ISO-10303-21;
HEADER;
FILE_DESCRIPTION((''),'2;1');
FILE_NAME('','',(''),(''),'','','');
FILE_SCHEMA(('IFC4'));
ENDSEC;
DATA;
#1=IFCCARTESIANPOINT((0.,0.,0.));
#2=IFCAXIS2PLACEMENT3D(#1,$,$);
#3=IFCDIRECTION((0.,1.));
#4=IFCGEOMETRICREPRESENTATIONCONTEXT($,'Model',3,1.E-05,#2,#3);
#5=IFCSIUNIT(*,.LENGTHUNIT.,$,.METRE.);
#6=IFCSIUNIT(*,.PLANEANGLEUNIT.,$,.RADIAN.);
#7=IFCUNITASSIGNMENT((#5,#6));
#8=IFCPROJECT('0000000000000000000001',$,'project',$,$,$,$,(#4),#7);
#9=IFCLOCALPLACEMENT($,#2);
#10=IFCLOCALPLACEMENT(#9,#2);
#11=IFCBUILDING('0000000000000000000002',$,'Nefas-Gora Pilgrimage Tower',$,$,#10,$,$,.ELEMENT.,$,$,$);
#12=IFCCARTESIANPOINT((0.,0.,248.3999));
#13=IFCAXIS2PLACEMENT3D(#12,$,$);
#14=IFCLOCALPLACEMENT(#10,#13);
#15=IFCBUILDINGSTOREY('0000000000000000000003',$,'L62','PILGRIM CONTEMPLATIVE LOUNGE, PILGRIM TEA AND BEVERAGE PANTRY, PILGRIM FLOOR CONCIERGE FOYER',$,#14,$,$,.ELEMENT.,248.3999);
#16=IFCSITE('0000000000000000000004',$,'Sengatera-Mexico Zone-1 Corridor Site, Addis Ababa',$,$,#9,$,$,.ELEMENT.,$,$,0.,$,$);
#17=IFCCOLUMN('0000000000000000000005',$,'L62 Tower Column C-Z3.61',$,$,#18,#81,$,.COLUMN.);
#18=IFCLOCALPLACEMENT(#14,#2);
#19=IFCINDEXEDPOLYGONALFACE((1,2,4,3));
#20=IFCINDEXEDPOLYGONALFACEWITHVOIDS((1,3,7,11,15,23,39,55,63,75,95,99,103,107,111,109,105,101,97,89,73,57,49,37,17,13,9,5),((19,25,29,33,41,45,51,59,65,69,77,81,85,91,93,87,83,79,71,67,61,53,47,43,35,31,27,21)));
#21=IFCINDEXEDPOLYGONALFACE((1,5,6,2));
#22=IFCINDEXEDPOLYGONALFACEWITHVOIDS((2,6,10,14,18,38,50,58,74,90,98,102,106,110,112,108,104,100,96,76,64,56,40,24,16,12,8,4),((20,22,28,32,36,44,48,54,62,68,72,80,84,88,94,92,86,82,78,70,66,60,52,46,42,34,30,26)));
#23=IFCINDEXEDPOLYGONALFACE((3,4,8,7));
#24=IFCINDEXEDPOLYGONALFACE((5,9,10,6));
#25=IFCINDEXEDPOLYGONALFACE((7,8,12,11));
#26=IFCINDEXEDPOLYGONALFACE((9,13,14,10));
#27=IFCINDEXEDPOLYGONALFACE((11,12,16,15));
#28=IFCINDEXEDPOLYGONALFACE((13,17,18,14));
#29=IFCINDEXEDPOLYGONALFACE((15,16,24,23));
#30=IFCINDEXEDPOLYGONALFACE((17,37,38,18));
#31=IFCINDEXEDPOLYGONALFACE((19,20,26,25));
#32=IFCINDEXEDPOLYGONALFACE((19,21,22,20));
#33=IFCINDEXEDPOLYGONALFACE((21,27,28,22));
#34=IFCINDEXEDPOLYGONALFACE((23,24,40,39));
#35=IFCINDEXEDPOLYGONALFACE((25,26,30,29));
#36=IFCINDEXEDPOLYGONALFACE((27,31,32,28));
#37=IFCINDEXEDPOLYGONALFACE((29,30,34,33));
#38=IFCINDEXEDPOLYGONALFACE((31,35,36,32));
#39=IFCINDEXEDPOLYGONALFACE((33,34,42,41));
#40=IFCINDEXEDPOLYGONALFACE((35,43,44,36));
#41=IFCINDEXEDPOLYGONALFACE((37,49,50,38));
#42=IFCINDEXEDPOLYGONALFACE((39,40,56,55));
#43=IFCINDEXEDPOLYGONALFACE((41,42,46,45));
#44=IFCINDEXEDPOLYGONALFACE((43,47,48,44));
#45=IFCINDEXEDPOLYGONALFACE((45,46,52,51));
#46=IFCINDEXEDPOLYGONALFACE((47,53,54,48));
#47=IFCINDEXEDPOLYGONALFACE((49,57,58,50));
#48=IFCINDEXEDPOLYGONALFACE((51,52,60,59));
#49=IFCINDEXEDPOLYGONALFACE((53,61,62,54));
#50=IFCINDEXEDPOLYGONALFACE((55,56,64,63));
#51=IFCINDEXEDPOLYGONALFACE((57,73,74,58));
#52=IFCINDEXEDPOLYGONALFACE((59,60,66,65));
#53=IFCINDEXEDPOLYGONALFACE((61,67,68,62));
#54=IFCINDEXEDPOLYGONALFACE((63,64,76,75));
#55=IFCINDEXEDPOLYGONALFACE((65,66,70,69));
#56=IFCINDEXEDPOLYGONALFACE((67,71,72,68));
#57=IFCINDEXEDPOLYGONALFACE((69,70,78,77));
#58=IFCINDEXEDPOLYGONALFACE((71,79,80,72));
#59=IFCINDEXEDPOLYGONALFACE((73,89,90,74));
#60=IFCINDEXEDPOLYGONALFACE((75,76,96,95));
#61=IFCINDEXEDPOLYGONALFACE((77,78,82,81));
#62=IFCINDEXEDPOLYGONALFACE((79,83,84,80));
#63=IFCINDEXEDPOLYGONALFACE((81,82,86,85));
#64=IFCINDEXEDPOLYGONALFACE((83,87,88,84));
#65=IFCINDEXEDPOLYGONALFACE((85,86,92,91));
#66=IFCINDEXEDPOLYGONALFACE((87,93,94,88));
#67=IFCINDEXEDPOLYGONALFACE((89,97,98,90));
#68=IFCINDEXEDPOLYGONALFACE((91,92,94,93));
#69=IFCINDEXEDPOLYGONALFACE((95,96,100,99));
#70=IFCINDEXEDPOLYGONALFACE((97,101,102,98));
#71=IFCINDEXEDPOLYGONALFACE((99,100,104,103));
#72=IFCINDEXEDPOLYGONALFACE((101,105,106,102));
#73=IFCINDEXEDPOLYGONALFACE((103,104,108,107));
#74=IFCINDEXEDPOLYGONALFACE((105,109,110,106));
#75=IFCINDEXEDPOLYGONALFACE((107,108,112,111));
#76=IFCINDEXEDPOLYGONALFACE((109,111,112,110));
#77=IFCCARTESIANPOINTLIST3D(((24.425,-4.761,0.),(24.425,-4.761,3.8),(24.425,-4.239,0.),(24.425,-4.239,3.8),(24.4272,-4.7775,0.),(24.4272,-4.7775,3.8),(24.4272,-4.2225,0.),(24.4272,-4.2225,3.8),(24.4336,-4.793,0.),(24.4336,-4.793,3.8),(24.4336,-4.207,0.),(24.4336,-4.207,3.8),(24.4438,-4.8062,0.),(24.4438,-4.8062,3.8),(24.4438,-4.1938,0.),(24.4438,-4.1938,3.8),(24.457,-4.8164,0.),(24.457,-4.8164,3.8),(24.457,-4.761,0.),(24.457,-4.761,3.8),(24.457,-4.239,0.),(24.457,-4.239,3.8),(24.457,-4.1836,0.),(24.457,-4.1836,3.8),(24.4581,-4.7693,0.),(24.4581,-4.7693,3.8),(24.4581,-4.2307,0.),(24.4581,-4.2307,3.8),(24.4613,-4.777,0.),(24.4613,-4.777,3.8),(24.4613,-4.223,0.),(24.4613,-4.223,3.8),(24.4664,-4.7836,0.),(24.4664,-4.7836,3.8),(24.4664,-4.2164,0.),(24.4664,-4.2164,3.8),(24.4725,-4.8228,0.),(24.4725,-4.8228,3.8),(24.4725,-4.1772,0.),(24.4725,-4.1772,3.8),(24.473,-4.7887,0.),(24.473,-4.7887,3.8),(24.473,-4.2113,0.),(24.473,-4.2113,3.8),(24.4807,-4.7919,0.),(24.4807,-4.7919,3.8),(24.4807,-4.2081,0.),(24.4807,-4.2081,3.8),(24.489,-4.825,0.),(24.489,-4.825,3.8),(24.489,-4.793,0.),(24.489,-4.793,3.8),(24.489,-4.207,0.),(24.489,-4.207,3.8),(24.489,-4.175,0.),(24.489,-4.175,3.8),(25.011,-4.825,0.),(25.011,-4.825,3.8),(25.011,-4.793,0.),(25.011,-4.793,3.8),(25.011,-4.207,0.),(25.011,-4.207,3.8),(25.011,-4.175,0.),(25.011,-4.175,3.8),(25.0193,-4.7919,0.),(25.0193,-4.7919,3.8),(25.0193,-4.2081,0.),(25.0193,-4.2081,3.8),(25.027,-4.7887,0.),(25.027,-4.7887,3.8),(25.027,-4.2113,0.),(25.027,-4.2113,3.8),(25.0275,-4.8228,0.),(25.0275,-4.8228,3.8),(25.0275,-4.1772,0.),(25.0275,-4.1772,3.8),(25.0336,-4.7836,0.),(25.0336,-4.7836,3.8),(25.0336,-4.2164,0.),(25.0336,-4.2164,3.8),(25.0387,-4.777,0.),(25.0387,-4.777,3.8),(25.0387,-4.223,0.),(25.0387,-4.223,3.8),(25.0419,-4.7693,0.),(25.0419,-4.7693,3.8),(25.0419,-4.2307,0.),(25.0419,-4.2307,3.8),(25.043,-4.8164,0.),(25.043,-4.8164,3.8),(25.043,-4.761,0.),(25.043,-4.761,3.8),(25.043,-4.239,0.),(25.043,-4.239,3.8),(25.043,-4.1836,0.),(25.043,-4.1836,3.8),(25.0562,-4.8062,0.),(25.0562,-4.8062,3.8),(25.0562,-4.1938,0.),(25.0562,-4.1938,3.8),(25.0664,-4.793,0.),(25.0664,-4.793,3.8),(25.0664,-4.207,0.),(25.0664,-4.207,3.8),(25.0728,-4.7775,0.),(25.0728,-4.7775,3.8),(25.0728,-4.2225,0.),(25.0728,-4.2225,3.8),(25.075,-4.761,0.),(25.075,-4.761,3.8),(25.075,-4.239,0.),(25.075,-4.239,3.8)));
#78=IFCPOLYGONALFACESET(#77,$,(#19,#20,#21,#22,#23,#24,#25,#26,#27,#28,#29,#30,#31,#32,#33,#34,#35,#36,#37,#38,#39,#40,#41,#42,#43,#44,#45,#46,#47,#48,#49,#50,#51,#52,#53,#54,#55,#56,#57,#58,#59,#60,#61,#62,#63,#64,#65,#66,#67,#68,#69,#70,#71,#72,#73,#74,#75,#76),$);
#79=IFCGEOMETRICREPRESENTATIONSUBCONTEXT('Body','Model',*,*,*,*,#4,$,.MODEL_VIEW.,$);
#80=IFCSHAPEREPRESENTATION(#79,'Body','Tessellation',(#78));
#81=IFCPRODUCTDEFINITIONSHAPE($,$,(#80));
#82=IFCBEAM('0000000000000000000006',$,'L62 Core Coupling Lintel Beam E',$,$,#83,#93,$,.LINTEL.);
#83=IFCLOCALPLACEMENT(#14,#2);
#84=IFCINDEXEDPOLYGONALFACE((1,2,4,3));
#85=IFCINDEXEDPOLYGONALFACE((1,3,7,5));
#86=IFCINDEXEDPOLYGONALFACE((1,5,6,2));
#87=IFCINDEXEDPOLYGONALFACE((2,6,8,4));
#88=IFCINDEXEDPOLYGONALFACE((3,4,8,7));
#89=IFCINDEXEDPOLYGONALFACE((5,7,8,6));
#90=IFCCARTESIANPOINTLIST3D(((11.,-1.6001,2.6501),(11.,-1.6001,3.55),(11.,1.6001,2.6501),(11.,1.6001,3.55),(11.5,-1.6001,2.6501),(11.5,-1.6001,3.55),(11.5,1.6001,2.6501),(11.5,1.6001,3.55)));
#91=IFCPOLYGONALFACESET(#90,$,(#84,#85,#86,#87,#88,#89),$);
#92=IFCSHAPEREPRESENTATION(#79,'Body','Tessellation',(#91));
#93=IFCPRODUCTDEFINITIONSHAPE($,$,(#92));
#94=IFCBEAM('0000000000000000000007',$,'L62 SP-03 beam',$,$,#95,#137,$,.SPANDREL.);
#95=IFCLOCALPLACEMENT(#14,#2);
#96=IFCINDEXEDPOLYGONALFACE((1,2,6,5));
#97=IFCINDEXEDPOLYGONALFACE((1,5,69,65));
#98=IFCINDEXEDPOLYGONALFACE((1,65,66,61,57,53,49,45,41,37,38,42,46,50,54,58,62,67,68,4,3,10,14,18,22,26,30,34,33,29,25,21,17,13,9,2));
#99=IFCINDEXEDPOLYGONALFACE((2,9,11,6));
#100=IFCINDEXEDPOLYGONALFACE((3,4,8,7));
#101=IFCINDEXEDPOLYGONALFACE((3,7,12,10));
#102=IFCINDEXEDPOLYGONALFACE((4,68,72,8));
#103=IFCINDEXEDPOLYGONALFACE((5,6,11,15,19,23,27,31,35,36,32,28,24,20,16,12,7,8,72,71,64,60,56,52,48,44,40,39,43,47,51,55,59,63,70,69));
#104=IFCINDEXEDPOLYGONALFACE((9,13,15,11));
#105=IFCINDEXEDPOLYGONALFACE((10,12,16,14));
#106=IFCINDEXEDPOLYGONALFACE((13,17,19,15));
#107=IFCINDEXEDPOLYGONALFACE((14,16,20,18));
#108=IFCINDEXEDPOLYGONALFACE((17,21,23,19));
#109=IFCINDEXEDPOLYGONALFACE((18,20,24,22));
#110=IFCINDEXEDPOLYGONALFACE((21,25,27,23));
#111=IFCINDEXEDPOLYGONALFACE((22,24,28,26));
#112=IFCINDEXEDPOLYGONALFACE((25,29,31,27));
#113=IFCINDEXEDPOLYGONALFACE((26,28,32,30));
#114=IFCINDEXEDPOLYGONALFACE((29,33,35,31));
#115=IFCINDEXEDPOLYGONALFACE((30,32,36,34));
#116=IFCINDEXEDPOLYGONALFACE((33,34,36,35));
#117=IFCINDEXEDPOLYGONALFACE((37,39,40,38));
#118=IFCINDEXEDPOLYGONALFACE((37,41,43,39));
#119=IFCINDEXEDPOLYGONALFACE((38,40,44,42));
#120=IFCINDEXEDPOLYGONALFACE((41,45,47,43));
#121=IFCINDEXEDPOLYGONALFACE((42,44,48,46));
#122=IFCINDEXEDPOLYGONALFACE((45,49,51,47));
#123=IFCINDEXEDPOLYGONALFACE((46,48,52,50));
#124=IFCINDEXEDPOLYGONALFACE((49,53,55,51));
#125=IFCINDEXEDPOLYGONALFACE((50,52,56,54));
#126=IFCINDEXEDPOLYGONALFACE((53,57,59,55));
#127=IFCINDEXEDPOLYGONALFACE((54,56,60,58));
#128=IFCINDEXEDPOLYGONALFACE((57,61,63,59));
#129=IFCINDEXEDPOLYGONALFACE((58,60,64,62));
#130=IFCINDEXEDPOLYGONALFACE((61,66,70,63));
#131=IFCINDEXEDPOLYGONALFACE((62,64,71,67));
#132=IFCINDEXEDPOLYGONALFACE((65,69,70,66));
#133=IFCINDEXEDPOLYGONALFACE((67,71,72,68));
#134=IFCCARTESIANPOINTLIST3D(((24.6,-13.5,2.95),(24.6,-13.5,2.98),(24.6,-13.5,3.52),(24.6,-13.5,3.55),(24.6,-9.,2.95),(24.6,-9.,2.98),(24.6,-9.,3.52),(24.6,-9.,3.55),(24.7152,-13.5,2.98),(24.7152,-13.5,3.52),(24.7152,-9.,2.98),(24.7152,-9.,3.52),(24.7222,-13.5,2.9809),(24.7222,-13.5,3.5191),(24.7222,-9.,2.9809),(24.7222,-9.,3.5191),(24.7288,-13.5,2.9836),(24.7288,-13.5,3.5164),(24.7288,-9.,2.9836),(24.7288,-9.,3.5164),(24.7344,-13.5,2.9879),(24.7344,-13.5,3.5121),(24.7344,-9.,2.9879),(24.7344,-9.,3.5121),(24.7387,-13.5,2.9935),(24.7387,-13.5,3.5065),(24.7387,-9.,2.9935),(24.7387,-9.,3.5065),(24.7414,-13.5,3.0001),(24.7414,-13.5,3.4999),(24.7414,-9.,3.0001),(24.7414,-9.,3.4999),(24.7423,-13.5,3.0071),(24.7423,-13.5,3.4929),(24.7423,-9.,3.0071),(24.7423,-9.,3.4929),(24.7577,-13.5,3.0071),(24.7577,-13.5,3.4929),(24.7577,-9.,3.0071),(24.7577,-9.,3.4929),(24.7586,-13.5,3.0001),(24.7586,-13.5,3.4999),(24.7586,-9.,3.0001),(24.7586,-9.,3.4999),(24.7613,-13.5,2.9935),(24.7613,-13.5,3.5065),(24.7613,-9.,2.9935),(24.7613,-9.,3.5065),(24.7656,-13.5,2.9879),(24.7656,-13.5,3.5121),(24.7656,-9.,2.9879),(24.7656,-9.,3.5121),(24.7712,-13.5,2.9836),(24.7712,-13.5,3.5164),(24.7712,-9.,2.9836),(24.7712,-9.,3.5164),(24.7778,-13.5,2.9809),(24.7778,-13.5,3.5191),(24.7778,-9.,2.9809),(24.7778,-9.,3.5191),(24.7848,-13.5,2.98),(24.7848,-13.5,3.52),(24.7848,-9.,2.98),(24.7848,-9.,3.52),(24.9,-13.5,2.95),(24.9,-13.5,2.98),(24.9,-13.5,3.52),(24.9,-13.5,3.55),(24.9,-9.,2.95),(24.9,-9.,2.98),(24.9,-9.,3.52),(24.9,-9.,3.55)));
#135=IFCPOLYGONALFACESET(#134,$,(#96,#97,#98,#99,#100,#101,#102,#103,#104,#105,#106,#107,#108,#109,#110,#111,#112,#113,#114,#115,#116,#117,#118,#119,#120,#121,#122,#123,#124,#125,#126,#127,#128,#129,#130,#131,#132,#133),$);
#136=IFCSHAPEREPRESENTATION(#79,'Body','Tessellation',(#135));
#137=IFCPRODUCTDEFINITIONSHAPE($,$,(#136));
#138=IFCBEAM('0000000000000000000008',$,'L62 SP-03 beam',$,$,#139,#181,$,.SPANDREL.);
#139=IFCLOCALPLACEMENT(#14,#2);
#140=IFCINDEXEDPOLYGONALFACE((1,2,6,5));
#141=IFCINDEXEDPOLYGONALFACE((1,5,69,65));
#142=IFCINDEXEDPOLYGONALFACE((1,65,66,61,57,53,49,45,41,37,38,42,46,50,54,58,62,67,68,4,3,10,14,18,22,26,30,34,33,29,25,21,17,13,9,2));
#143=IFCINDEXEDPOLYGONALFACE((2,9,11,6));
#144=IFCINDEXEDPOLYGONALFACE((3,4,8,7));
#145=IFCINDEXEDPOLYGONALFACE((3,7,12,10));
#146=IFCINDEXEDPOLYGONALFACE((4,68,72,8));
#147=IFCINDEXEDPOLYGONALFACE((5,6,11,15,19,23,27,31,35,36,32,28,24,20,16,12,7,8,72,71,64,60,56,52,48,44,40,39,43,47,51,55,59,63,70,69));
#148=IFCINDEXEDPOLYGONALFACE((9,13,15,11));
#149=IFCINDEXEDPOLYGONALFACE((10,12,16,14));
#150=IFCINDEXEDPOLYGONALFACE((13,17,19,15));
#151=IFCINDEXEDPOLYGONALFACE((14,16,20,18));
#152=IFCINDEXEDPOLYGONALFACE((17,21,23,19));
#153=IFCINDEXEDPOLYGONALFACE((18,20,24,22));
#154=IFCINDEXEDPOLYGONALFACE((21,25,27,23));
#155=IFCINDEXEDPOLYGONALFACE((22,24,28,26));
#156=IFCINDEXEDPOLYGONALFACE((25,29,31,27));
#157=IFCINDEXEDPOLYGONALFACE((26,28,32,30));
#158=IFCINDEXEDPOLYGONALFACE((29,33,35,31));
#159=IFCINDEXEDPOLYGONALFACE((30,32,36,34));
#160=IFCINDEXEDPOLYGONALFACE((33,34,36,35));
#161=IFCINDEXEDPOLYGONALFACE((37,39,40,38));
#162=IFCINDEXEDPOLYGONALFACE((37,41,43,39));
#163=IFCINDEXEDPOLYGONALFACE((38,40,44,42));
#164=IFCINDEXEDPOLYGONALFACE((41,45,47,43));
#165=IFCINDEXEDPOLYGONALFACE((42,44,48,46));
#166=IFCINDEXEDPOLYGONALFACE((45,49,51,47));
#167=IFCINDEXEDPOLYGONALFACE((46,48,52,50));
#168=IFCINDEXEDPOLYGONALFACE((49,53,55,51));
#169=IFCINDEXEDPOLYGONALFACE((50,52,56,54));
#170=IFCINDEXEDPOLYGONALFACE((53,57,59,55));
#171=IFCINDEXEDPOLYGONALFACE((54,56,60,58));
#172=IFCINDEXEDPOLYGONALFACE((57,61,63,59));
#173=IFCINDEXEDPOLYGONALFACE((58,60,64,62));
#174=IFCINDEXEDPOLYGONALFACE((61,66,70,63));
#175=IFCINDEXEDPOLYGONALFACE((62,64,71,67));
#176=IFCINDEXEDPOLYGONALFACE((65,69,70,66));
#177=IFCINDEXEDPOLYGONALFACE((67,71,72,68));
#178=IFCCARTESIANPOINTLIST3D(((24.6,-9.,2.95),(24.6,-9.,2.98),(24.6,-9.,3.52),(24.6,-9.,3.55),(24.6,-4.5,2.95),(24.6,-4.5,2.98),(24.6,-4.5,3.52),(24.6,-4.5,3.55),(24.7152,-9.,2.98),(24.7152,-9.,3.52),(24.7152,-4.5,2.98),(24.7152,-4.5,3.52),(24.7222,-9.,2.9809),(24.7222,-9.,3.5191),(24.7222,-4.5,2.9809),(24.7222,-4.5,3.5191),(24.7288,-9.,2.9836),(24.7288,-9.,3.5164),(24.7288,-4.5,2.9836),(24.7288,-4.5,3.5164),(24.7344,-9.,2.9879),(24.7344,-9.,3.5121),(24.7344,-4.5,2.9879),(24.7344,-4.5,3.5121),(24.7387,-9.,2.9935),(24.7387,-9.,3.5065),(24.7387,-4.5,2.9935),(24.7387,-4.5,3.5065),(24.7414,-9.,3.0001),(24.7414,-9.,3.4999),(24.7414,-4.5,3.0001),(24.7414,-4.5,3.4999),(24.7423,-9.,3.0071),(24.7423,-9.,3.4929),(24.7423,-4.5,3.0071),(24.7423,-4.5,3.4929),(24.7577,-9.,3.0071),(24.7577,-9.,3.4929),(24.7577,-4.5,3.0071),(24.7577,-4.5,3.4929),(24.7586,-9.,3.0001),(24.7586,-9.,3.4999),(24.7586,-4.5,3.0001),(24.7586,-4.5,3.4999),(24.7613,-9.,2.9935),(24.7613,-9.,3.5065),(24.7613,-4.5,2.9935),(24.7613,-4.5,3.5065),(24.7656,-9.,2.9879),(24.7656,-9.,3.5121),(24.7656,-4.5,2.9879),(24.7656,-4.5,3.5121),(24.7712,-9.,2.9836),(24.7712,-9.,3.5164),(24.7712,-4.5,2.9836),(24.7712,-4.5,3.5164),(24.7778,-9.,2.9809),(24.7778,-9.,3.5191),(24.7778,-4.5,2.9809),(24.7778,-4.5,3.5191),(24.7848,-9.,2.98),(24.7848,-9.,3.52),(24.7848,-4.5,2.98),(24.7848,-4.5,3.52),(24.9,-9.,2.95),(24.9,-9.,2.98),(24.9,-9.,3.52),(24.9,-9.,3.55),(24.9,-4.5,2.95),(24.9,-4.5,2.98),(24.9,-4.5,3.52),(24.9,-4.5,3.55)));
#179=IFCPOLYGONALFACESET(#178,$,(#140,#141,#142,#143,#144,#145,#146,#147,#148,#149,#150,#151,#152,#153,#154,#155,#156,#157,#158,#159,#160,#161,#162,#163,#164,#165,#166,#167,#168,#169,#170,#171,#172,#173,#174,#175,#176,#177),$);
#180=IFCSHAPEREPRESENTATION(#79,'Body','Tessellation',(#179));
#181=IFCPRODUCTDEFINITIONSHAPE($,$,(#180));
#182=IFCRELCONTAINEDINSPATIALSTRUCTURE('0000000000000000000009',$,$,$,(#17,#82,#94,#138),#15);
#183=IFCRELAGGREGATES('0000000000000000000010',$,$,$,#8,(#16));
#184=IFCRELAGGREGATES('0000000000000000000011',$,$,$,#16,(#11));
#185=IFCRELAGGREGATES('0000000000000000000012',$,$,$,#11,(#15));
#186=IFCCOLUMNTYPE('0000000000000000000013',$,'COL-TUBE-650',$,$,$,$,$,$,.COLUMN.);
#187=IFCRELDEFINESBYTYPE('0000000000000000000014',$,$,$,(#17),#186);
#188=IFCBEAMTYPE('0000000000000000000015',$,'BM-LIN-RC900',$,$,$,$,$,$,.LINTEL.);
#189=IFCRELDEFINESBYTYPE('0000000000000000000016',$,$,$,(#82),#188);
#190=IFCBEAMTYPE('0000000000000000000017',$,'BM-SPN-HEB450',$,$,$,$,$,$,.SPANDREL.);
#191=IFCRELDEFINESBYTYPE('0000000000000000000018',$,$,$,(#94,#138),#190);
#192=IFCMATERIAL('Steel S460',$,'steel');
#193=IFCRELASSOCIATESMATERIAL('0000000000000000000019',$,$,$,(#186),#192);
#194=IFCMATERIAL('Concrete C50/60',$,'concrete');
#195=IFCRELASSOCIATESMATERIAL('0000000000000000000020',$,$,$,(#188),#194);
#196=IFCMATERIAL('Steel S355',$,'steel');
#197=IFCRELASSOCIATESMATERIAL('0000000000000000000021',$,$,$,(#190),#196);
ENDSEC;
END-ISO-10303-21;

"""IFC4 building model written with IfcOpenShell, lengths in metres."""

from ifc_helpers import new_model, si_unit, direction, frame, origin, origin_2d, place, context, subcontext, project, spatial, rectangle, hollow_rectangle, i_section, extrude, source, transform, mapped, material, material_profile, profile_set, type_object, element, save


model = new_model("IFC4")

# Units and contexts
model_context = context("Model", 3, precision=1e-05, world=origin(), true_north=direction((0.0, 1.0)))
body_context = subcontext(model_context, "Body", "Model", "MODEL_VIEW")
ifc_project = project(units=[si_unit("LENGTHUNIT", "METRE"), si_unit("PLANEANGLEUNIT", "RADIAN")], contexts=[model_context])

# Site, building, storey
site_placement = place(None, origin())
site = spatial("IfcSite", under=ifc_project, at=site_placement, Name="Sengatera-Mexico Zone-1 Corridor Site, Addis Ababa", CompositionType="ELEMENT", RefElevation=0.0)
building_placement = place(site_placement, origin())
building = spatial("IfcBuilding", under=site, at=building_placement, Name="Nefas-Gora Pilgrimage Tower", CompositionType="ELEMENT")
storey_placement = place(building_placement, frame((0.0, 0.0, 248.3999)))
storey = spatial("IfcBuildingStorey", under=building, at=storey_placement, Name="L62", Description="PILGRIM CONTEMPLATIVE LOUNGE, PILGRIM TEA AND BEVERAGE PANTRY, PILGRIM FLOOR CONCIERGE FOYER", CompositionType="ELEMENT", Elevation=248.3999)

# Column
ifc_material_1 = material(Name="Steel S460", Category="steel")
ifc_material_profile_1 = material_profile(ifc_material_1, hollow_rectangle(XDim=0.6499, YDim=0.6499, WallThickness=0.032, InnerFilletRadius=0.032, OuterFilletRadius=0.064, at=origin_2d()), Name="BOX 650x650x32")
ifc_profile_set_1 = profile_set([ifc_material_profile_1], Name="Steel S460")
column_type_1 = type_object("IfcColumnType", Name="COL-TUBE-650", PredefinedType="COLUMN", material=ifc_profile_set_1)
shared_shape_1 = source(origin(), body_context, "Body", "SweptSolid", [
    extrude(hollow_rectangle(XDim=0.6499, YDim=0.6499, WallThickness=0.032, InnerFilletRadius=0.032, OuterFilletRadius=0.064, at=origin_2d()), origin(), (0.0, 0.0, 1.0), 3.8),
])
for number, where, z_axis, x_axis, name in (
    (1, (24.75, -4.5, 0.0), (0.0, 0.0, 1.0), (1.0, 0.0, 0.0), "L62 Tower Column C-Z3.61"),
):
    element("IfcColumn", number, at=place(storey_placement, frame(where, z_axis=z_axis, x_axis=x_axis)), inside=storey, type_object=column_type_1, Name=name, PredefinedType="COLUMN", context=body_context, shape_type="MappedRepresentation", body=[
        mapped(shared_shape_1, transform((0.0, 0.0, 0.0), x_axis=(1.0, 0.0, 0.0), y_axis=(0.0, 1.0, 0.0), z_axis=(0.0, 0.0, 1.0), scale=1.0)),
    ])

# Beams
ifc_material_2 = material(Name="Concrete C50/60", Category="concrete")
ifc_material_profile_2 = material_profile(ifc_material_2, rectangle(XDim=0.5, YDim=0.8999, at=origin_2d()), Name="RC 500x900")
ifc_profile_set_2 = profile_set([ifc_material_profile_2], Name="Concrete C50/60")
beam_type_1 = type_object("IfcBeamType", Name="BM-LIN-RC900", PredefinedType="LINTEL", material=ifc_profile_set_2)
shared_shape_2 = source(origin(), body_context, "Body", "SweptSolid", [
    extrude(rectangle(XDim=0.5, YDim=0.8999, at=origin_2d()), origin(), (0.0, 0.0, 1.0), 3.2002),
])
beam_placement = place(storey_placement, frame((11.25, -1.6001, 3.1001), z_axis=(0.0, 1.0, 0.0), x_axis=(-1.0, 0.0, 0.0)))
element("IfcBeam", 2, at=beam_placement, inside=storey, type_object=beam_type_1, Name="L62 Core Coupling Lintel Beam E", PredefinedType="LINTEL", context=body_context, shape_type="MappedRepresentation", body=[
    mapped(shared_shape_2, transform((0.0, 0.0, 0.0), x_axis=(1.0, 0.0, 0.0), y_axis=(0.0, 1.0, 0.0), z_axis=(0.0, 0.0, 1.0), scale=1.0)),
])
ifc_material_3 = material(Name="Steel S355", Category="steel")
ifc_material_profile_3 = material_profile(ifc_material_3, i_section(OverallWidth=0.3, OverallDepth=0.6001, WebThickness=0.0154, FlangeThickness=0.03, FilletRadius=0.0271, at=origin_2d()), Name="HEB 600")
ifc_profile_set_3 = profile_set([ifc_material_profile_3], Name="Steel S355")
beam_type_2 = type_object("IfcBeamType", Name="BM-SPN-HEB450", PredefinedType="SPANDREL", material=ifc_profile_set_3)
shared_shape_3 = source(origin(), body_context, "Body", "SweptSolid", [
    extrude(i_section(OverallWidth=0.3, OverallDepth=0.6001, WebThickness=0.0154, FlangeThickness=0.03, FilletRadius=0.0271, at=origin_2d()), origin(), (0.0, 0.0, 1.0), 4.5),
])
for number, where, z_axis, x_axis, name in (
    (3, (24.75, -13.5, 3.25), (0.0, 1.0, 0.0), (-1.0, 0.0, 0.0), "L62 SP-03 beam"),
    (4, (24.75, -9.0, 3.25), (0.0, 1.0, 0.0), (-1.0, 0.0, 0.0), "L62 SP-03 beam"),
):
    element("IfcBeam", number, at=place(storey_placement, frame(where, z_axis=z_axis, x_axis=x_axis)), inside=storey, type_object=beam_type_2, Name=name, PredefinedType="SPANDREL", context=body_context, shape_type="MappedRepresentation", body=[
        mapped(shared_shape_3, transform((0.0, 0.0, 0.0), x_axis=(1.0, 0.0, 0.0), y_axis=(0.0, 1.0, 0.0), z_axis=(0.0, 0.0, 1.0), scale=1.0)),
    ])

save(model, "model.ifc")
